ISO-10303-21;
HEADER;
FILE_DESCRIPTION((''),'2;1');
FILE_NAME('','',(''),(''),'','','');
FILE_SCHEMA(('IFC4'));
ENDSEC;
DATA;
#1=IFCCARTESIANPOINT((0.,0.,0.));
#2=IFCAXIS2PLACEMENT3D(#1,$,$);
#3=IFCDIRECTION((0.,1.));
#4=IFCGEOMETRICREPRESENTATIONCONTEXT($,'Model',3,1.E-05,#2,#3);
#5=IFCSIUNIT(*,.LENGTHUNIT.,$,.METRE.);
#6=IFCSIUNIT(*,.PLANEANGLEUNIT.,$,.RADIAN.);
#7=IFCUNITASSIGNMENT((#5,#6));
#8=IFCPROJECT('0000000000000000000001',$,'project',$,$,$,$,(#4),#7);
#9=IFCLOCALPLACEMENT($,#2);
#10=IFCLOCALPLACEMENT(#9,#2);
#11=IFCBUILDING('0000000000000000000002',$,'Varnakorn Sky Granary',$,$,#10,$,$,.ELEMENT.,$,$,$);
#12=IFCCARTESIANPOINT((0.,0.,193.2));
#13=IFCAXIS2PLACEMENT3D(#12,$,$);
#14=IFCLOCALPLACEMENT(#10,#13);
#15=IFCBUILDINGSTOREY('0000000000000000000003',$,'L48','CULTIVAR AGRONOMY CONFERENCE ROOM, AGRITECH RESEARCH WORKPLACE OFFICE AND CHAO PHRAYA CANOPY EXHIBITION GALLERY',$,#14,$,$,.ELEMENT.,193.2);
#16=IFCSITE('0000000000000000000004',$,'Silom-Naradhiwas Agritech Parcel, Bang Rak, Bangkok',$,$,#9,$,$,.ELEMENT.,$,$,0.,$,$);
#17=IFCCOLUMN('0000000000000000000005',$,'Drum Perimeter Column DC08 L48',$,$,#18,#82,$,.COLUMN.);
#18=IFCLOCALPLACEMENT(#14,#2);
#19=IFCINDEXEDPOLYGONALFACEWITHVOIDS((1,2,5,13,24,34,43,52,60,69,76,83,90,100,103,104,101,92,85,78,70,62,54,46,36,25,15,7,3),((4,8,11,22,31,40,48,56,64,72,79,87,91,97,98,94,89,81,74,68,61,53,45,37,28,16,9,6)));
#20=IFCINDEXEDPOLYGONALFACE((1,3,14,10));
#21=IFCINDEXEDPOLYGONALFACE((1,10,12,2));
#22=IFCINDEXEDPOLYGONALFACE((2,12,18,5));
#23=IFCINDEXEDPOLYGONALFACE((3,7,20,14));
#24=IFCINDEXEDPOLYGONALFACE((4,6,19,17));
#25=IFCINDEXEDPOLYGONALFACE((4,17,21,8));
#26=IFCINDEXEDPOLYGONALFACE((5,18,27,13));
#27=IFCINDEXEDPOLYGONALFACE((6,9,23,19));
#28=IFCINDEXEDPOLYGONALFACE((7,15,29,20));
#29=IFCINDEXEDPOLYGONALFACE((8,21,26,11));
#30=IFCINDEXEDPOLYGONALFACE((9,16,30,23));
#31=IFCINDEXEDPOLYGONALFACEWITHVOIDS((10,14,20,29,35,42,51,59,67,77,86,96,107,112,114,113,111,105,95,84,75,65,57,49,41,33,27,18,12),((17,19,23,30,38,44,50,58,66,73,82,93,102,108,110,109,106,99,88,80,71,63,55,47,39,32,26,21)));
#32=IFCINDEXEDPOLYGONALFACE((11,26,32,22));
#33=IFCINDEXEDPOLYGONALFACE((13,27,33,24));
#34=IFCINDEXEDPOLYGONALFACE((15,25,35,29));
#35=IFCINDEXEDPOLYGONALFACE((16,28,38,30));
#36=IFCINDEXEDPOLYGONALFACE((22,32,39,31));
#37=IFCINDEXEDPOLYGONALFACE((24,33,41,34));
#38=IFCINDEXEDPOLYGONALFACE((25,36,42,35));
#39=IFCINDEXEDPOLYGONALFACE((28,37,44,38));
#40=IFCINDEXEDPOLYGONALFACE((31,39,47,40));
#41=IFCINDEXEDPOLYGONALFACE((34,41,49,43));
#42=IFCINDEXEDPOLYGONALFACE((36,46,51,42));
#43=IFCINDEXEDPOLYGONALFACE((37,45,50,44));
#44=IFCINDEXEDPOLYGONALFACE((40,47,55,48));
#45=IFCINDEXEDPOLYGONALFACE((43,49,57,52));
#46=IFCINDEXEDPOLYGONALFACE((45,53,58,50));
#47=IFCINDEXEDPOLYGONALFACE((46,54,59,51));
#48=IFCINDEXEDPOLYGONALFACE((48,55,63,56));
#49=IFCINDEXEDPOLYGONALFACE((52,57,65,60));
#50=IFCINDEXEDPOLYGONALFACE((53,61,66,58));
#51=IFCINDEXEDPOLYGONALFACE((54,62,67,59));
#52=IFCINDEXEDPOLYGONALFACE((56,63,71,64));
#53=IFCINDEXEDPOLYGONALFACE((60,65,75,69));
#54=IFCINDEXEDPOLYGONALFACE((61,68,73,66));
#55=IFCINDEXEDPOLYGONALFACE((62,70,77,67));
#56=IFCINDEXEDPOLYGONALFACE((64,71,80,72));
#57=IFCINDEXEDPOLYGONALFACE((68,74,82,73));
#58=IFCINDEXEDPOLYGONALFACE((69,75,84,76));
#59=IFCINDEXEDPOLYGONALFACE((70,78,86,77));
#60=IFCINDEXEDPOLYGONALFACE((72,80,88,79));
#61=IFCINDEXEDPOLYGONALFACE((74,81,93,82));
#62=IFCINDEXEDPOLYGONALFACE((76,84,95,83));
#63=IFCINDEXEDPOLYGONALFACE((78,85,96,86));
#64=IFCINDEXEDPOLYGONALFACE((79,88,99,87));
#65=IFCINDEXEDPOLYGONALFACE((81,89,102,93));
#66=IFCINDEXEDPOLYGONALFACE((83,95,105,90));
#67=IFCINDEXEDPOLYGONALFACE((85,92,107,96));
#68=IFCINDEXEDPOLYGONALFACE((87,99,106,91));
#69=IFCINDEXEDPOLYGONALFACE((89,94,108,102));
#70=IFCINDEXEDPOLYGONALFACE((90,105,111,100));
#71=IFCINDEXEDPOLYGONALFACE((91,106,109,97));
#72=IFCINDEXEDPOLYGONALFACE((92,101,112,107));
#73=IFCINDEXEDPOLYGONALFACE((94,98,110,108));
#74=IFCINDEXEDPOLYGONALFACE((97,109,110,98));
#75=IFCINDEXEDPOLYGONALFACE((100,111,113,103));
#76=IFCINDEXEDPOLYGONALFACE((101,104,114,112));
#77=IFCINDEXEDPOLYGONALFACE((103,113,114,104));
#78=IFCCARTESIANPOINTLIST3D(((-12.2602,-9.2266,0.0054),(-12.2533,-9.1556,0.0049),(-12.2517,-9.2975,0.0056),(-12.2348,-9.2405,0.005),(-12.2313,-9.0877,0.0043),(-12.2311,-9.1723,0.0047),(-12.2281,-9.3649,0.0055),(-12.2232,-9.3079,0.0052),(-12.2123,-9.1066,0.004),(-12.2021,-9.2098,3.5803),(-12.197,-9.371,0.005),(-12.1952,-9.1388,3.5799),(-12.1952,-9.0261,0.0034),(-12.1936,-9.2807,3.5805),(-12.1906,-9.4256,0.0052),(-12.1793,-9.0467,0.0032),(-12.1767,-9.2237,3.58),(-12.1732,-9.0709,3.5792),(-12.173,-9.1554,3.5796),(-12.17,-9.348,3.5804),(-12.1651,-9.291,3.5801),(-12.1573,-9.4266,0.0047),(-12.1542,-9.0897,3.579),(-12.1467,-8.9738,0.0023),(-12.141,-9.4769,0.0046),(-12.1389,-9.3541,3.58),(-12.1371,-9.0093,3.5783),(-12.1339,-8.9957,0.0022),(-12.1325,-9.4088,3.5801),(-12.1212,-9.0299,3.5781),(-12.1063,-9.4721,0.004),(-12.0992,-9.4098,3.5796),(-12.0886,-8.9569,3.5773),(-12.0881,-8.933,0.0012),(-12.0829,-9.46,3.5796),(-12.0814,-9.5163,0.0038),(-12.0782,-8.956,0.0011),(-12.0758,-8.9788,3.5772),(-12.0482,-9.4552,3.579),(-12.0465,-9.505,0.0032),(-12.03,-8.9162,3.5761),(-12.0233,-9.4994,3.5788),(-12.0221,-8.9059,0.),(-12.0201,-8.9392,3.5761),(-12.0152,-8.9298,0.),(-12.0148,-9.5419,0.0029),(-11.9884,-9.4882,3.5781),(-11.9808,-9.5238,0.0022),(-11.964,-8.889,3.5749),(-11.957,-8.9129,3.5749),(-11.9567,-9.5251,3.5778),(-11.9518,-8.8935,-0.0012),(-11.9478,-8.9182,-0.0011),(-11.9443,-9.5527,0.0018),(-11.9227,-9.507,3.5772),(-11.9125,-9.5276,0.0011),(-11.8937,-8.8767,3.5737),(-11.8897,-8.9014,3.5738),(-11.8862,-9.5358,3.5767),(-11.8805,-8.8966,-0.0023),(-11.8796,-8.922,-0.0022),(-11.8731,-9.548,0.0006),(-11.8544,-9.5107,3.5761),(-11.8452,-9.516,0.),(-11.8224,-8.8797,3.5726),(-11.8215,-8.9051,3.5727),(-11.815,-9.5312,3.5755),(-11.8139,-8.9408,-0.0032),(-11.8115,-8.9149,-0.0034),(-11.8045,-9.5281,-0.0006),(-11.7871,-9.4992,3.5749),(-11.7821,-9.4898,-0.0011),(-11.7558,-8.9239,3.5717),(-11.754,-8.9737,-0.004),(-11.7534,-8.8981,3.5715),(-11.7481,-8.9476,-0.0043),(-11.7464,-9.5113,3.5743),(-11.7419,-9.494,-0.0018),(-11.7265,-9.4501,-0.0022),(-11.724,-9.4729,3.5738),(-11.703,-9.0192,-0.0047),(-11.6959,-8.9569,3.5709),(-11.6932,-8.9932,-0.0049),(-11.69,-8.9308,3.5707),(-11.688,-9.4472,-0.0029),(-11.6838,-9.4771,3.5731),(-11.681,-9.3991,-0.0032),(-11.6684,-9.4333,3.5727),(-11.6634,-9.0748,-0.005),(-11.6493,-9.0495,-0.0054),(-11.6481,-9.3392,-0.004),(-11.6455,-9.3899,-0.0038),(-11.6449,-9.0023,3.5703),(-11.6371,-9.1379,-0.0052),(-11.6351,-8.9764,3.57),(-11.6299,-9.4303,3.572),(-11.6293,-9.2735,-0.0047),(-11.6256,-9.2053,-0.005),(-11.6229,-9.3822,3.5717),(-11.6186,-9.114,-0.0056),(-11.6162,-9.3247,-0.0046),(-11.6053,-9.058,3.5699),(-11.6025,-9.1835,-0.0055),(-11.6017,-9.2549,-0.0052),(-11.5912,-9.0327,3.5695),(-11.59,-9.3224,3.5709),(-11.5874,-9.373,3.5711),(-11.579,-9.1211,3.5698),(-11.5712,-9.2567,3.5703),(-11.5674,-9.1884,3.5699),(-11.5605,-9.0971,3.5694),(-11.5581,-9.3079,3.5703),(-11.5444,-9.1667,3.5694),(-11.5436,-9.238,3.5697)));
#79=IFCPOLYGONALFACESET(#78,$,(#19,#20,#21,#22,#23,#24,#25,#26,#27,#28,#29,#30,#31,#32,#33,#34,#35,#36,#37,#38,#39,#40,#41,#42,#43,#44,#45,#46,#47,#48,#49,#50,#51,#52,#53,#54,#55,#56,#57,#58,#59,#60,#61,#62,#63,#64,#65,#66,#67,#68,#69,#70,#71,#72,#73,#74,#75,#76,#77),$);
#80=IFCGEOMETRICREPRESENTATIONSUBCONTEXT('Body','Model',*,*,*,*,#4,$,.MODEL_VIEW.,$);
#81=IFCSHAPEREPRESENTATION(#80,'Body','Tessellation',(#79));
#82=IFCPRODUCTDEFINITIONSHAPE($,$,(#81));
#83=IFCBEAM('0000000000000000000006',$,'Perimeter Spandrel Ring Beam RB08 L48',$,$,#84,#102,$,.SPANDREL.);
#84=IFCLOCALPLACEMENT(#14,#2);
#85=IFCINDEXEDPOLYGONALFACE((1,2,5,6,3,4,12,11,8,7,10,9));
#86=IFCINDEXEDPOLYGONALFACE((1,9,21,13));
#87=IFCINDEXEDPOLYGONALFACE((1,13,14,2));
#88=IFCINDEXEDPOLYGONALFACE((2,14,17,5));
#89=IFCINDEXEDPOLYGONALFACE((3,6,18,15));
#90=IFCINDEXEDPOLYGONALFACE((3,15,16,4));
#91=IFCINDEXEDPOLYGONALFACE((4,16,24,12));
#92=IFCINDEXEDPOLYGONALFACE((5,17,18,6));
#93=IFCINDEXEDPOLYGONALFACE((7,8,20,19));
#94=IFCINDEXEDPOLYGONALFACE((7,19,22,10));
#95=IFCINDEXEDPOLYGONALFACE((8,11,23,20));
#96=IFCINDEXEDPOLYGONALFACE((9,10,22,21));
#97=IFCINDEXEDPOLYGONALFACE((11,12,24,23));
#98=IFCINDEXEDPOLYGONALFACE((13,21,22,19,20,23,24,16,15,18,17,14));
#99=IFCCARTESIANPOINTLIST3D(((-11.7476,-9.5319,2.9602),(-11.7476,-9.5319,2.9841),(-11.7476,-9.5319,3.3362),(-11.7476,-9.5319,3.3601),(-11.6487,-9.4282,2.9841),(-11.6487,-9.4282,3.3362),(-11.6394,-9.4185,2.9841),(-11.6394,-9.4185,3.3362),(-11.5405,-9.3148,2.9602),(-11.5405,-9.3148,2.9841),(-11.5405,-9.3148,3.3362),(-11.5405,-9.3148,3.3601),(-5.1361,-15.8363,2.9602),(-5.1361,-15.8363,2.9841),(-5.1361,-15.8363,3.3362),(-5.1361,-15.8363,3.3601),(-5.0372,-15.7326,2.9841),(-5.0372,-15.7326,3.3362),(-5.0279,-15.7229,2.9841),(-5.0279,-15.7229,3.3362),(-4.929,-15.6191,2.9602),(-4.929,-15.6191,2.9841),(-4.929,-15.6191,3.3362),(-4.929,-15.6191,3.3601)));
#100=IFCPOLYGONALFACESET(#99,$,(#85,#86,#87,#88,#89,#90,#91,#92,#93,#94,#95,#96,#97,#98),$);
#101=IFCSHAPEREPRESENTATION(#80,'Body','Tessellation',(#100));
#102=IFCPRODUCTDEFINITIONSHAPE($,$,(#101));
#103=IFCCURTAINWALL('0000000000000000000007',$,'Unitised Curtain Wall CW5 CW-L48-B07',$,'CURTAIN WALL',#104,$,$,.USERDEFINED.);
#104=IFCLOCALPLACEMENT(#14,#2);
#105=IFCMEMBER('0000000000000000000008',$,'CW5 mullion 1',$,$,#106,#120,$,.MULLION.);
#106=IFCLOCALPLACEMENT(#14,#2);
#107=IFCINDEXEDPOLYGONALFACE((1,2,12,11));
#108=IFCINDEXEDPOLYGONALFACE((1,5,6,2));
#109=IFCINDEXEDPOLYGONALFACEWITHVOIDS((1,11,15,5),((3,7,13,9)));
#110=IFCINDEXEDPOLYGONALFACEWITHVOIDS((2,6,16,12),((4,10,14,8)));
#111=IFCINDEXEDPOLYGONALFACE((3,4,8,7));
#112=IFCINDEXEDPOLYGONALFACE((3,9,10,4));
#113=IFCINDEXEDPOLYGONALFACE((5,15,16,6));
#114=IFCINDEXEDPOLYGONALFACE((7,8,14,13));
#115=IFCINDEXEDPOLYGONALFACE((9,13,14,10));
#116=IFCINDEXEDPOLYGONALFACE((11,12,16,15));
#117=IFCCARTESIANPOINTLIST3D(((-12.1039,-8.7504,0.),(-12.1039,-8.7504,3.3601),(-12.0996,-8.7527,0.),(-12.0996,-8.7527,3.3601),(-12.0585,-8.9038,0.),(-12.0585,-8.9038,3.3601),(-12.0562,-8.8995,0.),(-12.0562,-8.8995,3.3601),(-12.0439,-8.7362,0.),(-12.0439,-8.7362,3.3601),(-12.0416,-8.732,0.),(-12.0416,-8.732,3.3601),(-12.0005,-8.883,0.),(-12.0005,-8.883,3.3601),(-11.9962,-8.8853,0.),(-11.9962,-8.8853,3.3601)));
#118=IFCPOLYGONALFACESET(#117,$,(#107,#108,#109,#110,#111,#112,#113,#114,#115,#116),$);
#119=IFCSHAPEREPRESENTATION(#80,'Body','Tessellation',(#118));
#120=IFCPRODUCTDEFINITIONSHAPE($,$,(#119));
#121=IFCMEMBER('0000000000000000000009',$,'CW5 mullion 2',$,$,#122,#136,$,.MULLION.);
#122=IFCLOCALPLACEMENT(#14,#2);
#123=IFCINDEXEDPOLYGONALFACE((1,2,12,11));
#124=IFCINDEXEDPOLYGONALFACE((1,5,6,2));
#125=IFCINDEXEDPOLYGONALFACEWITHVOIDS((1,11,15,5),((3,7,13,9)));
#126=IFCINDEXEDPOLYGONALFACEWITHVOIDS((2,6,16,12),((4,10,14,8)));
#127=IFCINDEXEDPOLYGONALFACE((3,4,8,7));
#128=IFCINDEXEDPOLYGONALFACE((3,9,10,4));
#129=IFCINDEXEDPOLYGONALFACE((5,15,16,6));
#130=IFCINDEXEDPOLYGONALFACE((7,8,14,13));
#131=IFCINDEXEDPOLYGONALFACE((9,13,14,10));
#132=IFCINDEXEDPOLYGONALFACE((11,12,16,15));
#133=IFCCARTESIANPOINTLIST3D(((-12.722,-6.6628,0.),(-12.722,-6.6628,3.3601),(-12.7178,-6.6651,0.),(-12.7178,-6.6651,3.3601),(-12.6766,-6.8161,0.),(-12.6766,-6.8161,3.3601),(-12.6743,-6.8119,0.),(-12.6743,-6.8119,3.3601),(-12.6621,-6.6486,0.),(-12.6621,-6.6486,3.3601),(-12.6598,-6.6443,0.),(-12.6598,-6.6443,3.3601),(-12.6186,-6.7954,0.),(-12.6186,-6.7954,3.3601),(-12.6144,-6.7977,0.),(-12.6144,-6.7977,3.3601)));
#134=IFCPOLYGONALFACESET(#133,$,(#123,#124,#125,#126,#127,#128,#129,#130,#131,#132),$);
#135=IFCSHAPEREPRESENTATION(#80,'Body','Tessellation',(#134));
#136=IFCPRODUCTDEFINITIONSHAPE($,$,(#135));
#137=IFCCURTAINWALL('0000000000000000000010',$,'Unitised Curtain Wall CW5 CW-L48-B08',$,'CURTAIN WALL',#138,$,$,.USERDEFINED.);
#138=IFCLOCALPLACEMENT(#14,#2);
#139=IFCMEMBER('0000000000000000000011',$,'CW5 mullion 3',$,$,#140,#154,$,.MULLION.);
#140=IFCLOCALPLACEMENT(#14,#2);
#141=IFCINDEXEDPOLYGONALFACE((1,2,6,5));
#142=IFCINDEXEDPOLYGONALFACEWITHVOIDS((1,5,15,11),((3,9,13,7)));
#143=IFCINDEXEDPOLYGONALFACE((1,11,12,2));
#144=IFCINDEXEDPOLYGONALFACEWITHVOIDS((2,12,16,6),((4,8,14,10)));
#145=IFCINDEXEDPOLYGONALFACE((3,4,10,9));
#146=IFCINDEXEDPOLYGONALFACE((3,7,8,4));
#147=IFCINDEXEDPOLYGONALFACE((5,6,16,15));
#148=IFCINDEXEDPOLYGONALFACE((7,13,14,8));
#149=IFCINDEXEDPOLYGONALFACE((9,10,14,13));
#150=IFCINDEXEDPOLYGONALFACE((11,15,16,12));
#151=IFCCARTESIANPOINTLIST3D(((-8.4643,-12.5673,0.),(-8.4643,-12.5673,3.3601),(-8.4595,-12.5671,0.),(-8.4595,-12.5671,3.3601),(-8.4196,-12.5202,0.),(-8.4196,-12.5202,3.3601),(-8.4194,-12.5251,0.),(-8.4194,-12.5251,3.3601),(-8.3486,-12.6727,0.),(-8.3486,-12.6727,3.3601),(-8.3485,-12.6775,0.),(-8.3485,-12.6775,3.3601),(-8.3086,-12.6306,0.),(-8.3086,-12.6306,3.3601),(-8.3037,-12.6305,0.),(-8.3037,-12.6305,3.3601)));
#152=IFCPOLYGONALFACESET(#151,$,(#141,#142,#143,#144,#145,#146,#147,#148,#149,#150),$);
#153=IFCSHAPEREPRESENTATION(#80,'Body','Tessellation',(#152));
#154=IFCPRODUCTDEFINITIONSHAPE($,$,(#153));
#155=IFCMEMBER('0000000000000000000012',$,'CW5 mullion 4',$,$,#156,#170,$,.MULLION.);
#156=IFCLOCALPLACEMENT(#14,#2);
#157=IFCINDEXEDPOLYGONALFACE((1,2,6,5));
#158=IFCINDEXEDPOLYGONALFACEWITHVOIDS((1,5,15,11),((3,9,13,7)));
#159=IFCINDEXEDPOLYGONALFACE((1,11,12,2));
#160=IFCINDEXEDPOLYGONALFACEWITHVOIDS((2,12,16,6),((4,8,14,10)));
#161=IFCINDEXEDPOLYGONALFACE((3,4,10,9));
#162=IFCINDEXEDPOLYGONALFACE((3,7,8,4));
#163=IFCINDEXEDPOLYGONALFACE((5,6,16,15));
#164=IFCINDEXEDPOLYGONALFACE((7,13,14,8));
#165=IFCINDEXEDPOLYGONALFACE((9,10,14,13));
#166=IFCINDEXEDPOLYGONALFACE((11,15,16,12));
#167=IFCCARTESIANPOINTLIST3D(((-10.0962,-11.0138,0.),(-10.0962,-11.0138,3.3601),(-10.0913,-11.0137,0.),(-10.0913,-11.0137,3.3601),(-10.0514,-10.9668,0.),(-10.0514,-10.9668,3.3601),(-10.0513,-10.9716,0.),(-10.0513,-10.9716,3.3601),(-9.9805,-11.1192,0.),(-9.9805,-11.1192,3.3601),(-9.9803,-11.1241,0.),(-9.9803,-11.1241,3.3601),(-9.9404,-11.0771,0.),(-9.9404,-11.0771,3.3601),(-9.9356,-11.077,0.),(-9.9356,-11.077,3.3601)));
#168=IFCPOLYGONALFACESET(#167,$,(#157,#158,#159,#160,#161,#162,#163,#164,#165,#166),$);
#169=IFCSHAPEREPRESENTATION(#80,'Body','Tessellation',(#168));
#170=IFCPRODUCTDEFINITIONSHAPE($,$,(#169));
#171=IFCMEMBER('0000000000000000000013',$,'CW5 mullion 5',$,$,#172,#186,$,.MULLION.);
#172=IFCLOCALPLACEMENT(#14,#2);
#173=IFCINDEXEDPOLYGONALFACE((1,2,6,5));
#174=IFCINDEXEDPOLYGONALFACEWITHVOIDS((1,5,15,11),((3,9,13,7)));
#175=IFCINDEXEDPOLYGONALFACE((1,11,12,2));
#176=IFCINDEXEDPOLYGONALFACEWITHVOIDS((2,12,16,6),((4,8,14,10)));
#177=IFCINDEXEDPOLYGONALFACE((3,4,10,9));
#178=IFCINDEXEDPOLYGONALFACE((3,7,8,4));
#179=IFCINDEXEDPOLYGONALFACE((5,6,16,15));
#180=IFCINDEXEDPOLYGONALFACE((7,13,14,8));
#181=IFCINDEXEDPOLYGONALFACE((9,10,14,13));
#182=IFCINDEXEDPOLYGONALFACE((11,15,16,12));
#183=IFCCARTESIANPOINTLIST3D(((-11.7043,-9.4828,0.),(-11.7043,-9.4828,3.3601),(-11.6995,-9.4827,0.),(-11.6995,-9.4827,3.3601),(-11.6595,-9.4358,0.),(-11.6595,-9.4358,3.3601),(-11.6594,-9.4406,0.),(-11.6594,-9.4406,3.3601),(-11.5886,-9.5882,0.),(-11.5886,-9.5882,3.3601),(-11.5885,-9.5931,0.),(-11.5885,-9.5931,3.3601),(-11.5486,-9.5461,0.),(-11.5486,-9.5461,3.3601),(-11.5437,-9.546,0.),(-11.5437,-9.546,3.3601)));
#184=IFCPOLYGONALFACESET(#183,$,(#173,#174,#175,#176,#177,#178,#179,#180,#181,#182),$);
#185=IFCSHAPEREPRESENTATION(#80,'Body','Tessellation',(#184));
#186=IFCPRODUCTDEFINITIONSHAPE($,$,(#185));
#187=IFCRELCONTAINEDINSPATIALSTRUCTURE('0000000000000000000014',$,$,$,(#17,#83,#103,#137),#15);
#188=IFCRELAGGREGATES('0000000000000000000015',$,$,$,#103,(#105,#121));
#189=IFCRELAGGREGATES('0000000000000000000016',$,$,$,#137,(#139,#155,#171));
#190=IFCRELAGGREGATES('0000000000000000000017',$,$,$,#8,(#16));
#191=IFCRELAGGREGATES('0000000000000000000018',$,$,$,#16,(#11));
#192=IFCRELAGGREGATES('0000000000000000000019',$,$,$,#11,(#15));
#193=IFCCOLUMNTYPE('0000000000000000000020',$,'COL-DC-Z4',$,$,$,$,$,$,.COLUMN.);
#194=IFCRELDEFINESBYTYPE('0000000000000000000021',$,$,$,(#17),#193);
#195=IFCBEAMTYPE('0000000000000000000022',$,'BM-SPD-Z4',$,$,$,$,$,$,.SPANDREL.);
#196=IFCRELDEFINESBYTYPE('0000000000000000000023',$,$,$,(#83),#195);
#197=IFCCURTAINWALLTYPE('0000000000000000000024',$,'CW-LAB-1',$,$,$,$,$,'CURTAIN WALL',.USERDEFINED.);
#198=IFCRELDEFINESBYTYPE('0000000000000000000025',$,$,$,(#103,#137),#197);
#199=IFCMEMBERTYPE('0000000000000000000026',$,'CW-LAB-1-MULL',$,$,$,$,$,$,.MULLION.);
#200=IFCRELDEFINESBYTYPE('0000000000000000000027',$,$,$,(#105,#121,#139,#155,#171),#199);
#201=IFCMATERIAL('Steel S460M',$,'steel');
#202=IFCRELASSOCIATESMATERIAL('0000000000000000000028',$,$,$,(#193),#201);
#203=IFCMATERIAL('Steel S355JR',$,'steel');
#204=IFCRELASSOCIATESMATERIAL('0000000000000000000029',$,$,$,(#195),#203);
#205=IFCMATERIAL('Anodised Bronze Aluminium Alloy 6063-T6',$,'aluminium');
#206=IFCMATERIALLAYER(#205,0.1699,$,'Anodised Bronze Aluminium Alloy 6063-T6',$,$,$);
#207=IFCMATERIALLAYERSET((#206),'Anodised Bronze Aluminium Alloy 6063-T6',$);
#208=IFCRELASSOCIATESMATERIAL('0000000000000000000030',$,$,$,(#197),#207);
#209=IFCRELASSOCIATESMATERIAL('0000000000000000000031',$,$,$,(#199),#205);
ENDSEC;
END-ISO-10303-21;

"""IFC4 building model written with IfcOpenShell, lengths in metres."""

from ifc_helpers import new_model, si_unit, direction, frame, origin, origin_2d, place, context, subcontext, project, spatial, hollow_rectangle, hollow_circle, i_section, extrude, material, layer, layer_set, material_profile, profile_set, type_object, element, aggregate, save


model = new_model("IFC4")

# Units and contexts
model_context = context("Model", 3, precision=1e-05, world=origin(), true_north=direction((0.0, 1.0)))
body_context = subcontext(model_context, "Body", "Model", "MODEL_VIEW")
ifc_project = project(units=[si_unit("LENGTHUNIT", "METRE"), si_unit("PLANEANGLEUNIT", "RADIAN")], contexts=[model_context])

# Site, building, storey
site_placement = place(None, origin())
site = spatial("IfcSite", under=ifc_project, at=site_placement, Name="Silom-Naradhiwas Agritech Parcel, Bang Rak, Bangkok", CompositionType="ELEMENT", RefElevation=0.0)
building_placement = place(site_placement, origin())
building = spatial("IfcBuilding", under=site, at=building_placement, Name="Varnakorn Sky Granary", CompositionType="ELEMENT")
storey_placement = place(building_placement, frame((0.0, 0.0, 193.2)))
storey = spatial("IfcBuildingStorey", under=building, at=storey_placement, Name="L48", Description="CULTIVAR AGRONOMY CONFERENCE ROOM, AGRITECH RESEARCH WORKPLACE OFFICE AND CHAO PHRAYA CANOPY EXHIBITION GALLERY", CompositionType="ELEMENT", Elevation=193.2)

# Column
ifc_material_1 = material(Name="Steel S460M", Category="steel")
ifc_material_profile_1 = material_profile(ifc_material_1, hollow_circle(Radius=0.3301, WallThickness=0.0249, at=origin_2d()), Name="CHS 660x25")
ifc_profile_set_1 = profile_set([ifc_material_profile_1], Name="Steel S460M")
column_type = type_object("IfcColumnType", Name="COL-DC-Z4", PredefinedType="COLUMN", material=ifc_profile_set_1)
column_placement = place(storey_placement, frame((-11.9302, -9.2229, 0.0), z_axis=(0.016251, 0.004711, 0.999857), x_axis=(-0.27845, 0.960451, 0.0)))
element("IfcColumn", 1, at=column_placement, inside=storey, type_object=column_type, Name="Drum Perimeter Column DC08 L48", PredefinedType="COLUMN", context=body_context, shape_type="SweptSolid", body=[
    extrude(hollow_circle(Radius=0.3301, WallThickness=0.0249, at=origin_2d()), origin(), (0.0, 0.0, 1.0), 3.5754),
])

# Beam
ifc_material_2 = material(Name="Steel S355JR", Category="steel")
ifc_material_profile_2 = material_profile(ifc_material_2, i_section(OverallWidth=0.3, OverallDepth=0.3999, WebThickness=0.0134, FlangeThickness=0.0239, at=origin_2d()), Name="HE 400 B")
ifc_profile_set_2 = profile_set([ifc_material_profile_2], Name="Steel S355JR")
beam_type = type_object("IfcBeamType", Name="BM-SPD-Z4", PredefinedType="SPANDREL", material=ifc_profile_set_2)
beam_placement = place(storey_placement, frame((-11.644, -9.4233, 3.1602), z_axis=(0.723716, -0.690097, 0.0), x_axis=(0.690097, 0.723716, 0.0)))
element("IfcBeam", 2, at=beam_placement, inside=storey, type_object=beam_type, Name="Perimeter Spandrel Ring Beam RB08 L48", PredefinedType="SPANDREL", context=body_context, shape_type="SweptSolid", body=[
    extrude(i_section(OverallWidth=0.3, OverallDepth=0.3999, WebThickness=0.0134, FlangeThickness=0.0239, at=origin_2d()), origin(), (0.0, 0.0, 1.0), 9.1355),
])

# Curtain walls, members
ifc_material_3 = material(Name="Anodised Bronze Aluminium Alloy 6063-T6", Category="aluminium")
ifc_layer_1 = layer(ifc_material_3, 0.1699, Name="Anodised Bronze Aluminium Alloy 6063-T6")
ifc_layer_set_1 = layer_set([ifc_layer_1], Name="Anodised Bronze Aluminium Alloy 6063-T6")
curtain_wall_type = type_object("IfcCurtainWallType", Name="CW-LAB-1", ElementType="CURTAIN WALL", PredefinedType="USERDEFINED", material=ifc_layer_set_1)
curtain_wall_1_placement = place(storey_placement, origin())
curtain_wall_1 = element("IfcCurtainWall", 3, at=curtain_wall_1_placement, inside=storey, type_object=curtain_wall_type, Name="Unitised Curtain Wall CW5 CW-L48-B07", ObjectType="CURTAIN WALL", PredefinedType="USERDEFINED")
ifc_material_profile_3 = material_profile(ifc_material_3, hollow_rectangle(XDim=0.0649, YDim=0.1599, WallThickness=0.0034, at=origin_2d()), Name="ALU MULL 65x160")
ifc_profile_set_3 = profile_set([ifc_material_profile_3], Name="Anodised Bronze Aluminium Alloy 6063-T6")
member_type_1 = type_object("IfcMemberType", Name="CW-LAB-1-MULL", PredefinedType="MULLION", material=ifc_profile_set_3)
member_1_placement = place(storey_placement, frame((-12.05, -8.8179, 0.0), z_axis=(0.0, 0.0, 1.0), x_axis=(-0.958848, -0.283921, 0.0)))
member_1 = element("IfcMember", 4, at=member_1_placement, type_object=member_type_1, Name="CW5 mullion 1", PredefinedType="MULLION", context=body_context, shape_type="SweptSolid", body=[
    extrude(hollow_rectangle(XDim=0.0649, YDim=0.1599, WallThickness=0.0034, at=origin_2d()), origin(), (0.0, 0.0, 1.0), 3.3601),
])
member_2_placement = place(storey_placement, frame((-12.6682, -6.7302, 0.0), z_axis=(0.0, 0.0, 1.0), x_axis=(-0.958848, -0.283921, 0.0)))
member_2 = element("IfcMember", 5, at=member_2_placement, type_object=member_type_1, Name="CW5 mullion 2", PredefinedType="MULLION", context=body_context, shape_type="SweptSolid", body=[
    extrude(hollow_rectangle(XDim=0.0649, YDim=0.1599, WallThickness=0.0034, at=origin_2d()), origin(), (0.0, 0.0, 1.0), 3.3601),
])
curtain_wall_2_placement = place(storey_placement, origin())
curtain_wall_2 = element("IfcCurtainWall", 6, at=curtain_wall_2_placement, inside=storey, type_object=curtain_wall_type, Name="Unitised Curtain Wall CW5 CW-L48-B08", ObjectType="CURTAIN WALL", PredefinedType="USERDEFINED")
member_3_placement = place(storey_placement, frame((-8.384, -12.5989, 0.0), z_axis=(0.0, 0.0, 1.0), x_axis=(-0.689516, -0.72427, 0.0)))
member_3 = element("IfcMember", 7, at=member_3_placement, type_object=member_type_1, Name="CW5 mullion 3", PredefinedType="MULLION", context=body_context, shape_type="SweptSolid", body=[
    extrude(hollow_rectangle(XDim=0.0649, YDim=0.1599, WallThickness=0.0034, at=origin_2d()), origin(), (0.0, 0.0, 1.0), 3.3601),
])
member_4_placement = place(storey_placement, frame((-10.0159, -11.0454, 0.0), z_axis=(0.0, 0.0, 1.0), x_axis=(-0.689516, -0.72427, 0.0)))
member_4 = element("IfcMember", 8, at=member_4_placement, type_object=member_type_1, Name="CW5 mullion 4", PredefinedType="MULLION", context=body_context, shape_type="SweptSolid", body=[
    extrude(hollow_rectangle(XDim=0.0649, YDim=0.1599, WallThickness=0.0034, at=origin_2d()), origin(), (0.0, 0.0, 1.0), 3.3601),
])
member_5_placement = place(storey_placement, frame((-11.624, -9.5144, 0.0), z_axis=(0.0, 0.0, 1.0), x_axis=(-0.689516, -0.72427, 0.0)))
member_5 = element("IfcMember", 9, at=member_5_placement, type_object=member_type_1, Name="CW5 mullion 5", PredefinedType="MULLION", context=body_context, shape_type="SweptSolid", body=[
    extrude(hollow_rectangle(XDim=0.0649, YDim=0.1599, WallThickness=0.0034, at=origin_2d()), origin(), (0.0, 0.0, 1.0), 3.3601),
])

aggregate(curtain_wall_1, [member_1, member_2])
aggregate(curtain_wall_2, [member_3, member_4, member_5])

save(model, "model.ifc")
